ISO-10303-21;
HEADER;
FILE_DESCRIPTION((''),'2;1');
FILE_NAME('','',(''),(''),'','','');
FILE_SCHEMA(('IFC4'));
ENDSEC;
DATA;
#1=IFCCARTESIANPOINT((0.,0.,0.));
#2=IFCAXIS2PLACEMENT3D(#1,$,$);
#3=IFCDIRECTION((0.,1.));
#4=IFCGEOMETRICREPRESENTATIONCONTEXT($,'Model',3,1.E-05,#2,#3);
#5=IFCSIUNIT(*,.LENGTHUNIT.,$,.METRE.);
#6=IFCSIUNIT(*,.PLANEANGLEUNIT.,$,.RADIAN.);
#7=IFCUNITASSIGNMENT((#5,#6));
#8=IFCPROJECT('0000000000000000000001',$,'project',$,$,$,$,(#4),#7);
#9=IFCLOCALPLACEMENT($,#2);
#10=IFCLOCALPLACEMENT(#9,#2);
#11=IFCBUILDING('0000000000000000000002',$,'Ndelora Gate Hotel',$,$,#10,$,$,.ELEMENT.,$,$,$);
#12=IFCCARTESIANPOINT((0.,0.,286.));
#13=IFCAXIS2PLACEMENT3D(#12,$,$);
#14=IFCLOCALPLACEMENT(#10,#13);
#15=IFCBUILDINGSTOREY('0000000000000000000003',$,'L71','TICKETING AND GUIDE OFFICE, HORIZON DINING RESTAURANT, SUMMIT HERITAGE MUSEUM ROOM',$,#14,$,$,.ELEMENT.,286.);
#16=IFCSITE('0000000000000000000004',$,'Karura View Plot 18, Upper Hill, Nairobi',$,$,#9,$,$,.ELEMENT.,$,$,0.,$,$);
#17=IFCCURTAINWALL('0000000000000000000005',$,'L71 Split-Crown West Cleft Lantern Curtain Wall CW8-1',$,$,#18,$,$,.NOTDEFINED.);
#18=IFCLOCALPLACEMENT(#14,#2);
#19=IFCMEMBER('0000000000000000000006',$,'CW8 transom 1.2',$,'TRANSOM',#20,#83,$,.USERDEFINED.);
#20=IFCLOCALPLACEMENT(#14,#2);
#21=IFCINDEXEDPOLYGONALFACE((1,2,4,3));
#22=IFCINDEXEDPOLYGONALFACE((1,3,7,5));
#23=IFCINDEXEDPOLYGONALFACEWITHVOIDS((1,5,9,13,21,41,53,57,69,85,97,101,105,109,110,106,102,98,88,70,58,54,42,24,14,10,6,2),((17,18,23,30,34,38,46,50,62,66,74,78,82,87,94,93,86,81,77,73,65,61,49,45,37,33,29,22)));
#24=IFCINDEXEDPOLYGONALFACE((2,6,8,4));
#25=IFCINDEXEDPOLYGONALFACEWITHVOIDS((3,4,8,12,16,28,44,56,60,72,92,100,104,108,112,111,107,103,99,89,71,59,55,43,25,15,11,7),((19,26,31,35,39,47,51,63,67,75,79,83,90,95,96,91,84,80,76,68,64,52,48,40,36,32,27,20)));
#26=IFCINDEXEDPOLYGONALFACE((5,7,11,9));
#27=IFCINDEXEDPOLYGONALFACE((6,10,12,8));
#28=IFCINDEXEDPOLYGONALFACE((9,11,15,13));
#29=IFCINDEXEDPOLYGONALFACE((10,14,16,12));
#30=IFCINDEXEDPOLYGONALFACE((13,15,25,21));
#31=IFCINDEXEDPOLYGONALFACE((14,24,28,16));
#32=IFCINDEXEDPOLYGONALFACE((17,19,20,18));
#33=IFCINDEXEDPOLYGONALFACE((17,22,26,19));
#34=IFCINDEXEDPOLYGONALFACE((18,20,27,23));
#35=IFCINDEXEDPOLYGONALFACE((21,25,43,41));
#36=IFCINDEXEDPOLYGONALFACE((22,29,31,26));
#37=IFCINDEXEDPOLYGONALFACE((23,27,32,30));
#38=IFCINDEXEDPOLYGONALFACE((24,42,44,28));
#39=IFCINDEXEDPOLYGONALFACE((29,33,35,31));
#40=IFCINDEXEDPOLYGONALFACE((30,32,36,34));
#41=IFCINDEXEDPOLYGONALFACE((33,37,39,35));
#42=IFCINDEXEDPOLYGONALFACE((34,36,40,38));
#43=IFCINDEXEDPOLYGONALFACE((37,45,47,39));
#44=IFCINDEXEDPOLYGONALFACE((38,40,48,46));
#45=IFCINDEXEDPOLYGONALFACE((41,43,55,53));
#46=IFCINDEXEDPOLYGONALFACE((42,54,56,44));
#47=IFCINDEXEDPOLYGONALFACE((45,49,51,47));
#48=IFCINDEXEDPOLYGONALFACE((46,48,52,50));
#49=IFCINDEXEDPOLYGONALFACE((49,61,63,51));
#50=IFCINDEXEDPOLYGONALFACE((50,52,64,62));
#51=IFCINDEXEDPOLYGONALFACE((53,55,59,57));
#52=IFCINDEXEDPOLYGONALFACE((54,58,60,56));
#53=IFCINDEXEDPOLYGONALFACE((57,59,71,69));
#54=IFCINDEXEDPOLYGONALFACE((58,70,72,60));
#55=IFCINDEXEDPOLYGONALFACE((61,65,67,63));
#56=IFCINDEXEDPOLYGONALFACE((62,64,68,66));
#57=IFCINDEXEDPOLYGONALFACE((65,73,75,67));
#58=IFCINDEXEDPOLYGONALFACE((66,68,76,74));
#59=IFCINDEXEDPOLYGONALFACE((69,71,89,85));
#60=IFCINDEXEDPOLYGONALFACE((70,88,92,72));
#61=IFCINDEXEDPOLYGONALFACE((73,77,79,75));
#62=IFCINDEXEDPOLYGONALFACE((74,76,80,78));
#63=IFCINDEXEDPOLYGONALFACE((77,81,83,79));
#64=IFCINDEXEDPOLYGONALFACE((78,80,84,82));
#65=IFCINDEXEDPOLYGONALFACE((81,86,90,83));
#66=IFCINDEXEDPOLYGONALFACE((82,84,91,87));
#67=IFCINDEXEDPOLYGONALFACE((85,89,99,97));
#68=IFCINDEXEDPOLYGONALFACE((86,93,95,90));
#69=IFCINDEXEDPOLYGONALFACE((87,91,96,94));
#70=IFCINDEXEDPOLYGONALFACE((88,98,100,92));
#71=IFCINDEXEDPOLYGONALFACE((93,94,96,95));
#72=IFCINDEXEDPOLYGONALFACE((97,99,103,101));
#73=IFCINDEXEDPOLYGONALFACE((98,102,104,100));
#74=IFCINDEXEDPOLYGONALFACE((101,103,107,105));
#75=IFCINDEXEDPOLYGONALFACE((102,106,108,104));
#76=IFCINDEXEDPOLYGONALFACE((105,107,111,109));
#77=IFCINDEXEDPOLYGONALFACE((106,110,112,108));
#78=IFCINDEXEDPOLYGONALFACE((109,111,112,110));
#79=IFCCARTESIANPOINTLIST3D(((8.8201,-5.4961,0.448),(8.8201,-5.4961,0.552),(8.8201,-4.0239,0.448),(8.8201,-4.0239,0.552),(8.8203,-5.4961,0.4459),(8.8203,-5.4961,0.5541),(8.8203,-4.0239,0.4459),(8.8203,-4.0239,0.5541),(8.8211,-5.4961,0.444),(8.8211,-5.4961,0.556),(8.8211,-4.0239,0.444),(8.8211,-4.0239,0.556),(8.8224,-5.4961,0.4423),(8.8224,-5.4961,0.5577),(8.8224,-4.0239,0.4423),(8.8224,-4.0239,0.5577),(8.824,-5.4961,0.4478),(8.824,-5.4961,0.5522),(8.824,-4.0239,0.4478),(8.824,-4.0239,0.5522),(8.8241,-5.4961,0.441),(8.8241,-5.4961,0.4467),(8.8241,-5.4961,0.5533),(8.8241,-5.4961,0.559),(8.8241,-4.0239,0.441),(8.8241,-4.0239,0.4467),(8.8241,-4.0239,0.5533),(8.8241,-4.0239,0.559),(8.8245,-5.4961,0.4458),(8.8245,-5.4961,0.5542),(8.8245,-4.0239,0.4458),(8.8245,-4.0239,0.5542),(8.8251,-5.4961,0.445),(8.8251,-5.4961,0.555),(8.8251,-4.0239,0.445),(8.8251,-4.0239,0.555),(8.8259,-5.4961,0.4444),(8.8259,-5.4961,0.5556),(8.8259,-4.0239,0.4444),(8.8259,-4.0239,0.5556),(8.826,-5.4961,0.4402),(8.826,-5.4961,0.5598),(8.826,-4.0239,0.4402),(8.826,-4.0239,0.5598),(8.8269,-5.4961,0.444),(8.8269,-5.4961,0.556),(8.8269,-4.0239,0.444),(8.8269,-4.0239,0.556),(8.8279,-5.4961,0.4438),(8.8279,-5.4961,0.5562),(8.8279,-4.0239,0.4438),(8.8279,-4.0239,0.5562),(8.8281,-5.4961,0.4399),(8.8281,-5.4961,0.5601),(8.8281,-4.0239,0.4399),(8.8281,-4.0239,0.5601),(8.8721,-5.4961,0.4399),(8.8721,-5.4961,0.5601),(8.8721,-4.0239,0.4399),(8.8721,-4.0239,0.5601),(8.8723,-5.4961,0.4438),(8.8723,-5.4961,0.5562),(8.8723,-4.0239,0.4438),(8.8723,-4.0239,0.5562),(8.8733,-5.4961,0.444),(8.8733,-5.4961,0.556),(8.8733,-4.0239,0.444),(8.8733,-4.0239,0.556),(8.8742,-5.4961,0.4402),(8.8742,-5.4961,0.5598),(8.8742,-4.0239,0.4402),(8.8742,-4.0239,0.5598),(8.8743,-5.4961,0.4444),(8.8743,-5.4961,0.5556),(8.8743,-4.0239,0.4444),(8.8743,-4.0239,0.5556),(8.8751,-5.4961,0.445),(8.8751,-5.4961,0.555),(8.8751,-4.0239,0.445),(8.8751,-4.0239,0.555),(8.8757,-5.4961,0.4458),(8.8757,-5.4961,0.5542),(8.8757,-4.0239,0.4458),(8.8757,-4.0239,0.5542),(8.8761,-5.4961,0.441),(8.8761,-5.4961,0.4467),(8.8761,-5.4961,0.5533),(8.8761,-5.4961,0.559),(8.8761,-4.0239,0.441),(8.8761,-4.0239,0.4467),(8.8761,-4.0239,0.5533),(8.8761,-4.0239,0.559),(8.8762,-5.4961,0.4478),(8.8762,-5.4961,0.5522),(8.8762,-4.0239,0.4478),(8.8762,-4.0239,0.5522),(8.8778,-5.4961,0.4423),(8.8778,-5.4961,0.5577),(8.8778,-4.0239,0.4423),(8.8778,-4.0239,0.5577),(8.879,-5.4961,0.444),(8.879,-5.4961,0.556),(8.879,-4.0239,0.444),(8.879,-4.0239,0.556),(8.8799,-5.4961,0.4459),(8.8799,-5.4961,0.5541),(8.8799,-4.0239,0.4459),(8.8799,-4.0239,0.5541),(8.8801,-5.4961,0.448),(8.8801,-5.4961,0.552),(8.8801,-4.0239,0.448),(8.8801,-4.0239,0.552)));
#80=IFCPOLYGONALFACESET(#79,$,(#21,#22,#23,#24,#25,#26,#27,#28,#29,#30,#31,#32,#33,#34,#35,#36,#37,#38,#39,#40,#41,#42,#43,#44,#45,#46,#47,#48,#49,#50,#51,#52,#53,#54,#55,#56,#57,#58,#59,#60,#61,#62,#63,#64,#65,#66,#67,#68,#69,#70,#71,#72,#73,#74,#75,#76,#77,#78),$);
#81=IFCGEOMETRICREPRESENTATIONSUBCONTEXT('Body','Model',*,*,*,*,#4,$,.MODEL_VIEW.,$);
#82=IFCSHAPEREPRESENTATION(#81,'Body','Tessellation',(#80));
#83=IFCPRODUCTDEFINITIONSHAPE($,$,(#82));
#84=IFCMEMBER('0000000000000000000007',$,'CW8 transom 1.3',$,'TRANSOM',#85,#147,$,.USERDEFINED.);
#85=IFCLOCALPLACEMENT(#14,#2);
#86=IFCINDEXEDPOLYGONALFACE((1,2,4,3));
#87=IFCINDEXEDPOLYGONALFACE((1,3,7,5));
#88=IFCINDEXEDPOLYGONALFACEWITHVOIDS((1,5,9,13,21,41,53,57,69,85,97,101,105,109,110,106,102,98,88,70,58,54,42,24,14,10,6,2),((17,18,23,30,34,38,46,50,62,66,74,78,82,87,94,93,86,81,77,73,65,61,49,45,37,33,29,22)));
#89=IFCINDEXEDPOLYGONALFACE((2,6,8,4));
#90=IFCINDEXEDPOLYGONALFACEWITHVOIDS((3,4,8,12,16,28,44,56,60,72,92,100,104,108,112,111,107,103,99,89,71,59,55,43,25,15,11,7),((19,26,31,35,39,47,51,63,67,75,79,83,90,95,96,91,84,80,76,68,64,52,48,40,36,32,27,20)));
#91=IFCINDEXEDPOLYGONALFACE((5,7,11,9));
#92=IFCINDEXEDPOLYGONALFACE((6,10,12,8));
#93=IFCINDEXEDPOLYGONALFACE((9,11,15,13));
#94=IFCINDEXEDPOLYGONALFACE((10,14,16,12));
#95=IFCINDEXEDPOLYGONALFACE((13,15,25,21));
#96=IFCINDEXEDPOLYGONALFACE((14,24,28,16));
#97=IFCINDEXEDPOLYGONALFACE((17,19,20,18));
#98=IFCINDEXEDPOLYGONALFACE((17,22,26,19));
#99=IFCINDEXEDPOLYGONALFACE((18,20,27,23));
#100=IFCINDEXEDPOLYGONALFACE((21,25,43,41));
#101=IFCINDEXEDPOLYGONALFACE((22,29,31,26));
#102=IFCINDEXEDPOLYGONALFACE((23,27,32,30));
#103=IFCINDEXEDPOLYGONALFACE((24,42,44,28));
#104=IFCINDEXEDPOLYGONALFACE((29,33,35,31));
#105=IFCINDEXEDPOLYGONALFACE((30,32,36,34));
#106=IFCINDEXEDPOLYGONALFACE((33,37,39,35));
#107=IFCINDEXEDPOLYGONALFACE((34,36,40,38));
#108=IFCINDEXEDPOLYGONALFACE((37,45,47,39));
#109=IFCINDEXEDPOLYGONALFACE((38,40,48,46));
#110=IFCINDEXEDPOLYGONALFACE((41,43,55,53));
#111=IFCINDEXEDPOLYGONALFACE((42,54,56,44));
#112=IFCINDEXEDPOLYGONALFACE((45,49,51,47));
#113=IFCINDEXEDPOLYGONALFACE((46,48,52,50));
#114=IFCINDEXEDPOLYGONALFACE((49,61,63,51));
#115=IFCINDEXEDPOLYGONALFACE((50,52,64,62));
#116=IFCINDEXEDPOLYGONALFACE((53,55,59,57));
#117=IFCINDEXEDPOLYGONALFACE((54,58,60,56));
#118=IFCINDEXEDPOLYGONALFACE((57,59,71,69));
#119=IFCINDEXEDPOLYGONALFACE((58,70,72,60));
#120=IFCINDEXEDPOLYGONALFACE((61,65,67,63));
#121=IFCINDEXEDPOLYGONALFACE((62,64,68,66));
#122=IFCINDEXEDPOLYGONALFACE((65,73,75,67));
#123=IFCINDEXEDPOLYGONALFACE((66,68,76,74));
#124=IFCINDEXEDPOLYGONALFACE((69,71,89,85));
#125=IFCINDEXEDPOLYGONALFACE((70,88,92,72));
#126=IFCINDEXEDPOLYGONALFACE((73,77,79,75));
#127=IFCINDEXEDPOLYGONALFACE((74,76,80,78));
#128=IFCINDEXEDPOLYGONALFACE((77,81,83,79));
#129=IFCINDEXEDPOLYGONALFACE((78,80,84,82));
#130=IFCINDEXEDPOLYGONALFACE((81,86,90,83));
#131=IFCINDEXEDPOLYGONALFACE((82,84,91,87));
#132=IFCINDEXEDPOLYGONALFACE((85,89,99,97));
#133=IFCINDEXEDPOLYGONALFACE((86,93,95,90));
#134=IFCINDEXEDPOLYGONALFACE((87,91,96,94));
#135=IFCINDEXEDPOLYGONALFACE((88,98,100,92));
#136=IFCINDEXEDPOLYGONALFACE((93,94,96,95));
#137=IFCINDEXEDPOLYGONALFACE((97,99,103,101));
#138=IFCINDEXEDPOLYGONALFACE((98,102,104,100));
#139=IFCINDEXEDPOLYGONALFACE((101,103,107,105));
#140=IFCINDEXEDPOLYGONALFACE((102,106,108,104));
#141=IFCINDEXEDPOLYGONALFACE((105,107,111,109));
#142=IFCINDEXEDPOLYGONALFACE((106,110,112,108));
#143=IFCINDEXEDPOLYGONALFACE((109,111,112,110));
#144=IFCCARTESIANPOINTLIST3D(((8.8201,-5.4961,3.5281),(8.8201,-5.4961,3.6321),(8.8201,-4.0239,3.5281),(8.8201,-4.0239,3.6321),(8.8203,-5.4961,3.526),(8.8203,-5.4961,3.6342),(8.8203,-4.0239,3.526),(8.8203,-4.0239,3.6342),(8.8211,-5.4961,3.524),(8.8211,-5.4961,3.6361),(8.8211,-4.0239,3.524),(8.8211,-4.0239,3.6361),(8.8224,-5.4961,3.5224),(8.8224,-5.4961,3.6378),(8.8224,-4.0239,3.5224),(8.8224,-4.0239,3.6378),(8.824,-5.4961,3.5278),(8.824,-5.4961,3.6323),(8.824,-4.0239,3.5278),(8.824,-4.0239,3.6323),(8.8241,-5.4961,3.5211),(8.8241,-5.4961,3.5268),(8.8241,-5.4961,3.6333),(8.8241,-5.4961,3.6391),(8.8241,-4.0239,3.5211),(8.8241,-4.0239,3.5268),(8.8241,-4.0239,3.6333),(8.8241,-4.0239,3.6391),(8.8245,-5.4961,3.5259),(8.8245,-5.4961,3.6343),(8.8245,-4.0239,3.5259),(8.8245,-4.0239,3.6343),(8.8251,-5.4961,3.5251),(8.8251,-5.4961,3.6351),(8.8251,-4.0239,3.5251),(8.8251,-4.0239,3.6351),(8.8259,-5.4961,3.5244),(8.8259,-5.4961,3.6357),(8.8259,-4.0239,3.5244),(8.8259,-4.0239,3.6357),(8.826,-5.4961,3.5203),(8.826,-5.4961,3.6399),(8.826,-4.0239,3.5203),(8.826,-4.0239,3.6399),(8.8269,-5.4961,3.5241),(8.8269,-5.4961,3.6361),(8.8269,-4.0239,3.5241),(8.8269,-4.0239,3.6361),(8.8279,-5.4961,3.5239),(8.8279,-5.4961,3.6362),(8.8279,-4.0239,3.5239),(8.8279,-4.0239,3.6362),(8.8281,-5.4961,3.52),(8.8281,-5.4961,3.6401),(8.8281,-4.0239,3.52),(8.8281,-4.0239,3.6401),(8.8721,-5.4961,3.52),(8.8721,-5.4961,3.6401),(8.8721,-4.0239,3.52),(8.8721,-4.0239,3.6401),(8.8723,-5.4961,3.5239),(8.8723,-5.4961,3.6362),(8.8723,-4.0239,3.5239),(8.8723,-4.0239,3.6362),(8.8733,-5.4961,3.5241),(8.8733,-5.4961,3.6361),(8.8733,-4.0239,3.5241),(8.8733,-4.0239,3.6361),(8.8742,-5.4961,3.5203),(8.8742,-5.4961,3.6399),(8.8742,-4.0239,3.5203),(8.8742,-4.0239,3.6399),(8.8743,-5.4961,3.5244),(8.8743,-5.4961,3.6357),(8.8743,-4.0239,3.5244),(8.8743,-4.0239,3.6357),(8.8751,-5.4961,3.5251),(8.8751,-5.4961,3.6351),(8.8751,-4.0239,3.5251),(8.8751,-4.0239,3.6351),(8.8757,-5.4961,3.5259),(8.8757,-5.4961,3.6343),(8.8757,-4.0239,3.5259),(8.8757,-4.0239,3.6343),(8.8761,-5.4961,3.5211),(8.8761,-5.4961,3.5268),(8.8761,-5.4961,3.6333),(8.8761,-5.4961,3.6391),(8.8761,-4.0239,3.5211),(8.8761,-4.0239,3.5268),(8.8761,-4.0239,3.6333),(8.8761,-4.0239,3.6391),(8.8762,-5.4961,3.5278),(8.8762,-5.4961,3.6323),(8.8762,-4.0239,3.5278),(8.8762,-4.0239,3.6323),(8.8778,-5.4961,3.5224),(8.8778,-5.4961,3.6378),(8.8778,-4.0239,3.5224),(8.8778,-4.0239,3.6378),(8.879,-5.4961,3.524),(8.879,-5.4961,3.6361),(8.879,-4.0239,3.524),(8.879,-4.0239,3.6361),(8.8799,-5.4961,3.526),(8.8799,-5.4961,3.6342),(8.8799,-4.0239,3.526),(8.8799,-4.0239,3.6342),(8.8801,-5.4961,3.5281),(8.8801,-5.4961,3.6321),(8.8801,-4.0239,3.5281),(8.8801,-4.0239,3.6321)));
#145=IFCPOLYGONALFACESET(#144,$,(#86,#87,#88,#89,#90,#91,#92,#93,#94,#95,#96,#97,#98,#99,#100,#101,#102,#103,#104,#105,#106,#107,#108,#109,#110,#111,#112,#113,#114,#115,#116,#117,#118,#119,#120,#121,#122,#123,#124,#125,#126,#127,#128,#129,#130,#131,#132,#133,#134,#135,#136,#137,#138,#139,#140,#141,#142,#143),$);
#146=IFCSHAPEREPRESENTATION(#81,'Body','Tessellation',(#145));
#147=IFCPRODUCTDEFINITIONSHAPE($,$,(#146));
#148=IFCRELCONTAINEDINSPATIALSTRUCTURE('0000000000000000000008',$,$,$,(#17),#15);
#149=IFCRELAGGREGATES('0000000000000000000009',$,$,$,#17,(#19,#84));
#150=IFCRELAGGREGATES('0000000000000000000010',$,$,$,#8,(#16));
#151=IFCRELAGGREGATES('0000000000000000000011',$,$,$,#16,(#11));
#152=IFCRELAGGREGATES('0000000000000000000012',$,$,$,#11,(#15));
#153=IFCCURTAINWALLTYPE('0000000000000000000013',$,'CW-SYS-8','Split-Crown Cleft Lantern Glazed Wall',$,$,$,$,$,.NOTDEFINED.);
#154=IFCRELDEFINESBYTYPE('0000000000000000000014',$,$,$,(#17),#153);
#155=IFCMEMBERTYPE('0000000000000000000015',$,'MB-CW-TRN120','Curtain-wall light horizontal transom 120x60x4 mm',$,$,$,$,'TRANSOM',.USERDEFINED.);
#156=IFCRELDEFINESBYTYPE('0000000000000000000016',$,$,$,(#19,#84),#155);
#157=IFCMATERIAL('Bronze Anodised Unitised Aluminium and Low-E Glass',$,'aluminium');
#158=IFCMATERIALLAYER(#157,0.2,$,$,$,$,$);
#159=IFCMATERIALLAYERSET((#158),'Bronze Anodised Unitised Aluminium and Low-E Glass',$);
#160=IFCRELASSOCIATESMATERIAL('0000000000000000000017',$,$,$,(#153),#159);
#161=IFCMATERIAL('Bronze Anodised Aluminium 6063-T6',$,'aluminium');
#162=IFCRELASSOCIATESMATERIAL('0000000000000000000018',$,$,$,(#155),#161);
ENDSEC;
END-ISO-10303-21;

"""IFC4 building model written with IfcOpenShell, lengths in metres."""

from ifc_helpers import new_model, si_unit, direction, frame, origin, origin_2d, place, context, subcontext, project, spatial, hollow_rectangle, extrude, material, layer, layer_set, material_profile, profile_set, type_object, element, aggregate, save


model = new_model("IFC4")

# Units and contexts
model_context = context("Model", 3, precision=1e-05, world=origin(), true_north=direction((0.0, 1.0)))
body_context = subcontext(model_context, "Body", "Model", "MODEL_VIEW")
ifc_project = project(units=[si_unit("LENGTHUNIT", "METRE"), si_unit("PLANEANGLEUNIT", "RADIAN")], contexts=[model_context])

# Site, building, storey
site_placement = place(None, origin())
site = spatial("IfcSite", under=ifc_project, at=site_placement, Name="Karura View Plot 18, Upper Hill, Nairobi", CompositionType="ELEMENT", RefElevation=0.0)
building_placement = place(site_placement, origin())
building = spatial("IfcBuilding", under=site, at=building_placement, Name="Ndelora Gate Hotel", CompositionType="ELEMENT")
storey_placement = place(building_placement, frame((0.0, 0.0, 286.0)))
storey = spatial("IfcBuildingStorey", under=building, at=storey_placement, Name="L71", Description="TICKETING AND GUIDE OFFICE, HORIZON DINING RESTAURANT, SUMMIT HERITAGE MUSEUM ROOM", CompositionType="ELEMENT", Elevation=286.0)

# Curtain wall, members
ifc_material_1 = material(Name="Bronze Anodised Unitised Aluminium and Low-E Glass", Category="aluminium")
ifc_layer_1 = layer(ifc_material_1, 0.2)
ifc_layer_set_1 = layer_set([ifc_layer_1], Name="Bronze Anodised Unitised Aluminium and Low-E Glass")
curtain_wall_type = type_object("IfcCurtainWallType", Name="CW-SYS-8", Description="Split-Crown Cleft Lantern Glazed Wall", PredefinedType="NOTDEFINED", material=ifc_layer_set_1)
curtain_wall_placement = place(storey_placement, origin())
curtain_wall = element("IfcCurtainWall", 1, at=curtain_wall_placement, inside=storey, type_object=curtain_wall_type, Name="L71 Split-Crown West Cleft Lantern Curtain Wall CW8-1", PredefinedType="NOTDEFINED")
ifc_material_2 = material(Name="Bronze Anodised Aluminium 6063-T6", Category="aluminium")
ifc_material_profile_1 = material_profile(ifc_material_2, hollow_rectangle(XDim=0.0601, YDim=0.1201, WallThickness=0.0039, InnerFilletRadius=0.0039, OuterFilletRadius=0.0081, at=origin_2d()), Name="ALU 120x60x4")
ifc_profile_set_1 = profile_set([ifc_material_profile_1], Name="Bronze Anodised Aluminium 6063-T6")
member_type_1 = type_object("IfcMemberType", Name="MB-CW-TRN120", Description="Curtain-wall light horizontal transom 120x60x4 mm", ElementType="TRANSOM", PredefinedType="USERDEFINED", material=ifc_profile_set_1)
member_1_placement = place(storey_placement, frame((8.8501, -5.4961, 0.5), z_axis=(0.0, 1.0, 0.0), x_axis=(-1.0, 0.0, 0.0)))
member_1 = element("IfcMember", 2, at=member_1_placement, type_object=member_type_1, Name="CW8 transom 1.2", ObjectType="TRANSOM", PredefinedType="USERDEFINED", context=body_context, shape_type="SweptSolid", body=[
    extrude(hollow_rectangle(XDim=0.0601, YDim=0.1201, WallThickness=0.0039, InnerFilletRadius=0.0039, OuterFilletRadius=0.0081, at=origin_2d()), origin(), (0.0, 0.0, 1.0), 1.4722),
])
member_2_placement = place(storey_placement, frame((8.8501, -5.4961, 3.5801), z_axis=(0.0, 1.0, 0.0), x_axis=(-1.0, 0.0, 0.0)))
member_2 = element("IfcMember", 3, at=member_2_placement, type_object=member_type_1, Name="CW8 transom 1.3", ObjectType="TRANSOM", PredefinedType="USERDEFINED", context=body_context, shape_type="SweptSolid", body=[
    extrude(hollow_rectangle(XDim=0.0601, YDim=0.1201, WallThickness=0.0039, InnerFilletRadius=0.0039, OuterFilletRadius=0.0081, at=origin_2d()), origin(), (0.0, 0.0, 1.0), 1.4722),
])
aggregate(curtain_wall, [member_1, member_2])

save(model, "model.ifc")
